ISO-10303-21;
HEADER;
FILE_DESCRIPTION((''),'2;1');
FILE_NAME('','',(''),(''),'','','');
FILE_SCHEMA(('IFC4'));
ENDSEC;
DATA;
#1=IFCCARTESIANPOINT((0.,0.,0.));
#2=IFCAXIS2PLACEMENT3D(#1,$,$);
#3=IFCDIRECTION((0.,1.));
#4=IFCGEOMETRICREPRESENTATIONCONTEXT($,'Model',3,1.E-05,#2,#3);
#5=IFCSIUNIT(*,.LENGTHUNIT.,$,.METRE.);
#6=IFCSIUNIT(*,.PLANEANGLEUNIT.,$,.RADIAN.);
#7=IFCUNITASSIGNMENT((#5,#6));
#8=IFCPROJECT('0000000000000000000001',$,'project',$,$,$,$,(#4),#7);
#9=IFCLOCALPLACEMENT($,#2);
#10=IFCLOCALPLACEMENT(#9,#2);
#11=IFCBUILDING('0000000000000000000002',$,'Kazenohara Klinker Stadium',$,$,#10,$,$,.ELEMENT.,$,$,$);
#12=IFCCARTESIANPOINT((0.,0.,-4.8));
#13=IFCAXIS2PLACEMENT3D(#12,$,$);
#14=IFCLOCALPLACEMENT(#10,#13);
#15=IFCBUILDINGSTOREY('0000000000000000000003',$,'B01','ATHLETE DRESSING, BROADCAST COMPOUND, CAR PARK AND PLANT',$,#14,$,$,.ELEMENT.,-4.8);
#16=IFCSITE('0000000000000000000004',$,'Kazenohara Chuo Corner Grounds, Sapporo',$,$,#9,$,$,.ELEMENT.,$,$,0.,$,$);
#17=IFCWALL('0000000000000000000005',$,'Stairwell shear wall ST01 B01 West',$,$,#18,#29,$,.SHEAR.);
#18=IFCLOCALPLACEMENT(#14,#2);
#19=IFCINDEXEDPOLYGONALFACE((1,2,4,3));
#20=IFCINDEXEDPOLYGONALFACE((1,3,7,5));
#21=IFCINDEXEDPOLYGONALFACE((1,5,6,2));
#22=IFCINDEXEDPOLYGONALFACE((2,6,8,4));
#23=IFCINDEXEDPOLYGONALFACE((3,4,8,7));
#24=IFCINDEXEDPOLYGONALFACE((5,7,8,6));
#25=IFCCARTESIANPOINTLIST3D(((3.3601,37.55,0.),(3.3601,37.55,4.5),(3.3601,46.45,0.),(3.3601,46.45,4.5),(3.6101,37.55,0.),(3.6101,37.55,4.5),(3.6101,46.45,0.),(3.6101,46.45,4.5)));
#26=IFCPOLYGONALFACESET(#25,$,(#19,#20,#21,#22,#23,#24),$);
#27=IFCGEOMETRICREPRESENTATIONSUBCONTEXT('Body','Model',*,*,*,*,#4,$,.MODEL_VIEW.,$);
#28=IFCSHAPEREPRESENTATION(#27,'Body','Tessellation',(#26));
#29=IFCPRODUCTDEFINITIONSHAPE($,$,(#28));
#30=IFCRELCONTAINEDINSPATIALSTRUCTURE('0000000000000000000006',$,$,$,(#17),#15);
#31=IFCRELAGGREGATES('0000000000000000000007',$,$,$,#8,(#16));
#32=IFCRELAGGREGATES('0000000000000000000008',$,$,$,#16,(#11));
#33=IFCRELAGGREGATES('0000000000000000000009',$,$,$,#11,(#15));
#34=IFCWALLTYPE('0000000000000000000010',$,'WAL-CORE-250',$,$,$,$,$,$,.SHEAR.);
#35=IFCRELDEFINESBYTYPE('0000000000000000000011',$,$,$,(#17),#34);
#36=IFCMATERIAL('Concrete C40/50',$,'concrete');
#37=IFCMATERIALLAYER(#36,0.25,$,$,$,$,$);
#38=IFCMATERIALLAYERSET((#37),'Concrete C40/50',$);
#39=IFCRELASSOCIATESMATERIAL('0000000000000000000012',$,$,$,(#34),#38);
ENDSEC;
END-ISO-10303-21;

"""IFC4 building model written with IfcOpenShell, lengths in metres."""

from ifc_helpers import new_model, si_unit, direction, frame, frame_2d, origin, place, context, subcontext, project, spatial, rectangle, extrude, material, layer, layer_set, type_object, element, save


model = new_model("IFC4")

# Units and contexts
model_context = context("Model", 3, precision=1e-05, world=origin(), true_north=direction((0.0, 1.0)))
body_context = subcontext(model_context, "Body", "Model", "MODEL_VIEW")
ifc_project = project(units=[si_unit("LENGTHUNIT", "METRE"), si_unit("PLANEANGLEUNIT", "RADIAN")], contexts=[model_context])

# Site, building, storey
site_placement = place(None, origin())
site = spatial("IfcSite", under=ifc_project, at=site_placement, Name="Kazenohara Chuo Corner Grounds, Sapporo", CompositionType="ELEMENT", RefElevation=0.0)
building_placement = place(site_placement, origin())
building = spatial("IfcBuilding", under=site, at=building_placement, Name="Kazenohara Klinker Stadium", CompositionType="ELEMENT")
storey_placement = place(building_placement, frame((0.0, 0.0, -4.8)))
storey = spatial("IfcBuildingStorey", under=building, at=storey_placement, Name="B01", Description="ATHLETE DRESSING, BROADCAST COMPOUND, CAR PARK AND PLANT", CompositionType="ELEMENT", Elevation=-4.8)

# Shared definitions
ifc_material_1 = material(Name="Concrete C40/50", Category="concrete")

# Shared definitions
ifc_layer_1 = layer(ifc_material_1, 0.25)
ifc_layer_set_1 = layer_set([ifc_layer_1], Name="Concrete C40/50")
wall_type_1 = type_object("IfcWallType", Name="WAL-CORE-250", PredefinedType="SHEAR", material=ifc_layer_set_1)

# Wall
wall_1_placement = place(storey_placement, frame((3.4851, 37.55, 0.0), z_axis=(0.0, 0.0, 1.0), x_axis=(0.0, 1.0, 0.0)))
element("IfcWall", 1, at=wall_1_placement, inside=storey, type_object=wall_type_1, Name="Stairwell shear wall ST01 B01 West", PredefinedType="SHEAR", context=body_context, shape_type="SweptSolid", body=[
    extrude(rectangle(XDim=8.8999, YDim=0.25, at=frame_2d((4.45, 0.0))), origin(), (0.0, 0.0, 1.0), 4.5),
])

save(model, "model.ifc")
